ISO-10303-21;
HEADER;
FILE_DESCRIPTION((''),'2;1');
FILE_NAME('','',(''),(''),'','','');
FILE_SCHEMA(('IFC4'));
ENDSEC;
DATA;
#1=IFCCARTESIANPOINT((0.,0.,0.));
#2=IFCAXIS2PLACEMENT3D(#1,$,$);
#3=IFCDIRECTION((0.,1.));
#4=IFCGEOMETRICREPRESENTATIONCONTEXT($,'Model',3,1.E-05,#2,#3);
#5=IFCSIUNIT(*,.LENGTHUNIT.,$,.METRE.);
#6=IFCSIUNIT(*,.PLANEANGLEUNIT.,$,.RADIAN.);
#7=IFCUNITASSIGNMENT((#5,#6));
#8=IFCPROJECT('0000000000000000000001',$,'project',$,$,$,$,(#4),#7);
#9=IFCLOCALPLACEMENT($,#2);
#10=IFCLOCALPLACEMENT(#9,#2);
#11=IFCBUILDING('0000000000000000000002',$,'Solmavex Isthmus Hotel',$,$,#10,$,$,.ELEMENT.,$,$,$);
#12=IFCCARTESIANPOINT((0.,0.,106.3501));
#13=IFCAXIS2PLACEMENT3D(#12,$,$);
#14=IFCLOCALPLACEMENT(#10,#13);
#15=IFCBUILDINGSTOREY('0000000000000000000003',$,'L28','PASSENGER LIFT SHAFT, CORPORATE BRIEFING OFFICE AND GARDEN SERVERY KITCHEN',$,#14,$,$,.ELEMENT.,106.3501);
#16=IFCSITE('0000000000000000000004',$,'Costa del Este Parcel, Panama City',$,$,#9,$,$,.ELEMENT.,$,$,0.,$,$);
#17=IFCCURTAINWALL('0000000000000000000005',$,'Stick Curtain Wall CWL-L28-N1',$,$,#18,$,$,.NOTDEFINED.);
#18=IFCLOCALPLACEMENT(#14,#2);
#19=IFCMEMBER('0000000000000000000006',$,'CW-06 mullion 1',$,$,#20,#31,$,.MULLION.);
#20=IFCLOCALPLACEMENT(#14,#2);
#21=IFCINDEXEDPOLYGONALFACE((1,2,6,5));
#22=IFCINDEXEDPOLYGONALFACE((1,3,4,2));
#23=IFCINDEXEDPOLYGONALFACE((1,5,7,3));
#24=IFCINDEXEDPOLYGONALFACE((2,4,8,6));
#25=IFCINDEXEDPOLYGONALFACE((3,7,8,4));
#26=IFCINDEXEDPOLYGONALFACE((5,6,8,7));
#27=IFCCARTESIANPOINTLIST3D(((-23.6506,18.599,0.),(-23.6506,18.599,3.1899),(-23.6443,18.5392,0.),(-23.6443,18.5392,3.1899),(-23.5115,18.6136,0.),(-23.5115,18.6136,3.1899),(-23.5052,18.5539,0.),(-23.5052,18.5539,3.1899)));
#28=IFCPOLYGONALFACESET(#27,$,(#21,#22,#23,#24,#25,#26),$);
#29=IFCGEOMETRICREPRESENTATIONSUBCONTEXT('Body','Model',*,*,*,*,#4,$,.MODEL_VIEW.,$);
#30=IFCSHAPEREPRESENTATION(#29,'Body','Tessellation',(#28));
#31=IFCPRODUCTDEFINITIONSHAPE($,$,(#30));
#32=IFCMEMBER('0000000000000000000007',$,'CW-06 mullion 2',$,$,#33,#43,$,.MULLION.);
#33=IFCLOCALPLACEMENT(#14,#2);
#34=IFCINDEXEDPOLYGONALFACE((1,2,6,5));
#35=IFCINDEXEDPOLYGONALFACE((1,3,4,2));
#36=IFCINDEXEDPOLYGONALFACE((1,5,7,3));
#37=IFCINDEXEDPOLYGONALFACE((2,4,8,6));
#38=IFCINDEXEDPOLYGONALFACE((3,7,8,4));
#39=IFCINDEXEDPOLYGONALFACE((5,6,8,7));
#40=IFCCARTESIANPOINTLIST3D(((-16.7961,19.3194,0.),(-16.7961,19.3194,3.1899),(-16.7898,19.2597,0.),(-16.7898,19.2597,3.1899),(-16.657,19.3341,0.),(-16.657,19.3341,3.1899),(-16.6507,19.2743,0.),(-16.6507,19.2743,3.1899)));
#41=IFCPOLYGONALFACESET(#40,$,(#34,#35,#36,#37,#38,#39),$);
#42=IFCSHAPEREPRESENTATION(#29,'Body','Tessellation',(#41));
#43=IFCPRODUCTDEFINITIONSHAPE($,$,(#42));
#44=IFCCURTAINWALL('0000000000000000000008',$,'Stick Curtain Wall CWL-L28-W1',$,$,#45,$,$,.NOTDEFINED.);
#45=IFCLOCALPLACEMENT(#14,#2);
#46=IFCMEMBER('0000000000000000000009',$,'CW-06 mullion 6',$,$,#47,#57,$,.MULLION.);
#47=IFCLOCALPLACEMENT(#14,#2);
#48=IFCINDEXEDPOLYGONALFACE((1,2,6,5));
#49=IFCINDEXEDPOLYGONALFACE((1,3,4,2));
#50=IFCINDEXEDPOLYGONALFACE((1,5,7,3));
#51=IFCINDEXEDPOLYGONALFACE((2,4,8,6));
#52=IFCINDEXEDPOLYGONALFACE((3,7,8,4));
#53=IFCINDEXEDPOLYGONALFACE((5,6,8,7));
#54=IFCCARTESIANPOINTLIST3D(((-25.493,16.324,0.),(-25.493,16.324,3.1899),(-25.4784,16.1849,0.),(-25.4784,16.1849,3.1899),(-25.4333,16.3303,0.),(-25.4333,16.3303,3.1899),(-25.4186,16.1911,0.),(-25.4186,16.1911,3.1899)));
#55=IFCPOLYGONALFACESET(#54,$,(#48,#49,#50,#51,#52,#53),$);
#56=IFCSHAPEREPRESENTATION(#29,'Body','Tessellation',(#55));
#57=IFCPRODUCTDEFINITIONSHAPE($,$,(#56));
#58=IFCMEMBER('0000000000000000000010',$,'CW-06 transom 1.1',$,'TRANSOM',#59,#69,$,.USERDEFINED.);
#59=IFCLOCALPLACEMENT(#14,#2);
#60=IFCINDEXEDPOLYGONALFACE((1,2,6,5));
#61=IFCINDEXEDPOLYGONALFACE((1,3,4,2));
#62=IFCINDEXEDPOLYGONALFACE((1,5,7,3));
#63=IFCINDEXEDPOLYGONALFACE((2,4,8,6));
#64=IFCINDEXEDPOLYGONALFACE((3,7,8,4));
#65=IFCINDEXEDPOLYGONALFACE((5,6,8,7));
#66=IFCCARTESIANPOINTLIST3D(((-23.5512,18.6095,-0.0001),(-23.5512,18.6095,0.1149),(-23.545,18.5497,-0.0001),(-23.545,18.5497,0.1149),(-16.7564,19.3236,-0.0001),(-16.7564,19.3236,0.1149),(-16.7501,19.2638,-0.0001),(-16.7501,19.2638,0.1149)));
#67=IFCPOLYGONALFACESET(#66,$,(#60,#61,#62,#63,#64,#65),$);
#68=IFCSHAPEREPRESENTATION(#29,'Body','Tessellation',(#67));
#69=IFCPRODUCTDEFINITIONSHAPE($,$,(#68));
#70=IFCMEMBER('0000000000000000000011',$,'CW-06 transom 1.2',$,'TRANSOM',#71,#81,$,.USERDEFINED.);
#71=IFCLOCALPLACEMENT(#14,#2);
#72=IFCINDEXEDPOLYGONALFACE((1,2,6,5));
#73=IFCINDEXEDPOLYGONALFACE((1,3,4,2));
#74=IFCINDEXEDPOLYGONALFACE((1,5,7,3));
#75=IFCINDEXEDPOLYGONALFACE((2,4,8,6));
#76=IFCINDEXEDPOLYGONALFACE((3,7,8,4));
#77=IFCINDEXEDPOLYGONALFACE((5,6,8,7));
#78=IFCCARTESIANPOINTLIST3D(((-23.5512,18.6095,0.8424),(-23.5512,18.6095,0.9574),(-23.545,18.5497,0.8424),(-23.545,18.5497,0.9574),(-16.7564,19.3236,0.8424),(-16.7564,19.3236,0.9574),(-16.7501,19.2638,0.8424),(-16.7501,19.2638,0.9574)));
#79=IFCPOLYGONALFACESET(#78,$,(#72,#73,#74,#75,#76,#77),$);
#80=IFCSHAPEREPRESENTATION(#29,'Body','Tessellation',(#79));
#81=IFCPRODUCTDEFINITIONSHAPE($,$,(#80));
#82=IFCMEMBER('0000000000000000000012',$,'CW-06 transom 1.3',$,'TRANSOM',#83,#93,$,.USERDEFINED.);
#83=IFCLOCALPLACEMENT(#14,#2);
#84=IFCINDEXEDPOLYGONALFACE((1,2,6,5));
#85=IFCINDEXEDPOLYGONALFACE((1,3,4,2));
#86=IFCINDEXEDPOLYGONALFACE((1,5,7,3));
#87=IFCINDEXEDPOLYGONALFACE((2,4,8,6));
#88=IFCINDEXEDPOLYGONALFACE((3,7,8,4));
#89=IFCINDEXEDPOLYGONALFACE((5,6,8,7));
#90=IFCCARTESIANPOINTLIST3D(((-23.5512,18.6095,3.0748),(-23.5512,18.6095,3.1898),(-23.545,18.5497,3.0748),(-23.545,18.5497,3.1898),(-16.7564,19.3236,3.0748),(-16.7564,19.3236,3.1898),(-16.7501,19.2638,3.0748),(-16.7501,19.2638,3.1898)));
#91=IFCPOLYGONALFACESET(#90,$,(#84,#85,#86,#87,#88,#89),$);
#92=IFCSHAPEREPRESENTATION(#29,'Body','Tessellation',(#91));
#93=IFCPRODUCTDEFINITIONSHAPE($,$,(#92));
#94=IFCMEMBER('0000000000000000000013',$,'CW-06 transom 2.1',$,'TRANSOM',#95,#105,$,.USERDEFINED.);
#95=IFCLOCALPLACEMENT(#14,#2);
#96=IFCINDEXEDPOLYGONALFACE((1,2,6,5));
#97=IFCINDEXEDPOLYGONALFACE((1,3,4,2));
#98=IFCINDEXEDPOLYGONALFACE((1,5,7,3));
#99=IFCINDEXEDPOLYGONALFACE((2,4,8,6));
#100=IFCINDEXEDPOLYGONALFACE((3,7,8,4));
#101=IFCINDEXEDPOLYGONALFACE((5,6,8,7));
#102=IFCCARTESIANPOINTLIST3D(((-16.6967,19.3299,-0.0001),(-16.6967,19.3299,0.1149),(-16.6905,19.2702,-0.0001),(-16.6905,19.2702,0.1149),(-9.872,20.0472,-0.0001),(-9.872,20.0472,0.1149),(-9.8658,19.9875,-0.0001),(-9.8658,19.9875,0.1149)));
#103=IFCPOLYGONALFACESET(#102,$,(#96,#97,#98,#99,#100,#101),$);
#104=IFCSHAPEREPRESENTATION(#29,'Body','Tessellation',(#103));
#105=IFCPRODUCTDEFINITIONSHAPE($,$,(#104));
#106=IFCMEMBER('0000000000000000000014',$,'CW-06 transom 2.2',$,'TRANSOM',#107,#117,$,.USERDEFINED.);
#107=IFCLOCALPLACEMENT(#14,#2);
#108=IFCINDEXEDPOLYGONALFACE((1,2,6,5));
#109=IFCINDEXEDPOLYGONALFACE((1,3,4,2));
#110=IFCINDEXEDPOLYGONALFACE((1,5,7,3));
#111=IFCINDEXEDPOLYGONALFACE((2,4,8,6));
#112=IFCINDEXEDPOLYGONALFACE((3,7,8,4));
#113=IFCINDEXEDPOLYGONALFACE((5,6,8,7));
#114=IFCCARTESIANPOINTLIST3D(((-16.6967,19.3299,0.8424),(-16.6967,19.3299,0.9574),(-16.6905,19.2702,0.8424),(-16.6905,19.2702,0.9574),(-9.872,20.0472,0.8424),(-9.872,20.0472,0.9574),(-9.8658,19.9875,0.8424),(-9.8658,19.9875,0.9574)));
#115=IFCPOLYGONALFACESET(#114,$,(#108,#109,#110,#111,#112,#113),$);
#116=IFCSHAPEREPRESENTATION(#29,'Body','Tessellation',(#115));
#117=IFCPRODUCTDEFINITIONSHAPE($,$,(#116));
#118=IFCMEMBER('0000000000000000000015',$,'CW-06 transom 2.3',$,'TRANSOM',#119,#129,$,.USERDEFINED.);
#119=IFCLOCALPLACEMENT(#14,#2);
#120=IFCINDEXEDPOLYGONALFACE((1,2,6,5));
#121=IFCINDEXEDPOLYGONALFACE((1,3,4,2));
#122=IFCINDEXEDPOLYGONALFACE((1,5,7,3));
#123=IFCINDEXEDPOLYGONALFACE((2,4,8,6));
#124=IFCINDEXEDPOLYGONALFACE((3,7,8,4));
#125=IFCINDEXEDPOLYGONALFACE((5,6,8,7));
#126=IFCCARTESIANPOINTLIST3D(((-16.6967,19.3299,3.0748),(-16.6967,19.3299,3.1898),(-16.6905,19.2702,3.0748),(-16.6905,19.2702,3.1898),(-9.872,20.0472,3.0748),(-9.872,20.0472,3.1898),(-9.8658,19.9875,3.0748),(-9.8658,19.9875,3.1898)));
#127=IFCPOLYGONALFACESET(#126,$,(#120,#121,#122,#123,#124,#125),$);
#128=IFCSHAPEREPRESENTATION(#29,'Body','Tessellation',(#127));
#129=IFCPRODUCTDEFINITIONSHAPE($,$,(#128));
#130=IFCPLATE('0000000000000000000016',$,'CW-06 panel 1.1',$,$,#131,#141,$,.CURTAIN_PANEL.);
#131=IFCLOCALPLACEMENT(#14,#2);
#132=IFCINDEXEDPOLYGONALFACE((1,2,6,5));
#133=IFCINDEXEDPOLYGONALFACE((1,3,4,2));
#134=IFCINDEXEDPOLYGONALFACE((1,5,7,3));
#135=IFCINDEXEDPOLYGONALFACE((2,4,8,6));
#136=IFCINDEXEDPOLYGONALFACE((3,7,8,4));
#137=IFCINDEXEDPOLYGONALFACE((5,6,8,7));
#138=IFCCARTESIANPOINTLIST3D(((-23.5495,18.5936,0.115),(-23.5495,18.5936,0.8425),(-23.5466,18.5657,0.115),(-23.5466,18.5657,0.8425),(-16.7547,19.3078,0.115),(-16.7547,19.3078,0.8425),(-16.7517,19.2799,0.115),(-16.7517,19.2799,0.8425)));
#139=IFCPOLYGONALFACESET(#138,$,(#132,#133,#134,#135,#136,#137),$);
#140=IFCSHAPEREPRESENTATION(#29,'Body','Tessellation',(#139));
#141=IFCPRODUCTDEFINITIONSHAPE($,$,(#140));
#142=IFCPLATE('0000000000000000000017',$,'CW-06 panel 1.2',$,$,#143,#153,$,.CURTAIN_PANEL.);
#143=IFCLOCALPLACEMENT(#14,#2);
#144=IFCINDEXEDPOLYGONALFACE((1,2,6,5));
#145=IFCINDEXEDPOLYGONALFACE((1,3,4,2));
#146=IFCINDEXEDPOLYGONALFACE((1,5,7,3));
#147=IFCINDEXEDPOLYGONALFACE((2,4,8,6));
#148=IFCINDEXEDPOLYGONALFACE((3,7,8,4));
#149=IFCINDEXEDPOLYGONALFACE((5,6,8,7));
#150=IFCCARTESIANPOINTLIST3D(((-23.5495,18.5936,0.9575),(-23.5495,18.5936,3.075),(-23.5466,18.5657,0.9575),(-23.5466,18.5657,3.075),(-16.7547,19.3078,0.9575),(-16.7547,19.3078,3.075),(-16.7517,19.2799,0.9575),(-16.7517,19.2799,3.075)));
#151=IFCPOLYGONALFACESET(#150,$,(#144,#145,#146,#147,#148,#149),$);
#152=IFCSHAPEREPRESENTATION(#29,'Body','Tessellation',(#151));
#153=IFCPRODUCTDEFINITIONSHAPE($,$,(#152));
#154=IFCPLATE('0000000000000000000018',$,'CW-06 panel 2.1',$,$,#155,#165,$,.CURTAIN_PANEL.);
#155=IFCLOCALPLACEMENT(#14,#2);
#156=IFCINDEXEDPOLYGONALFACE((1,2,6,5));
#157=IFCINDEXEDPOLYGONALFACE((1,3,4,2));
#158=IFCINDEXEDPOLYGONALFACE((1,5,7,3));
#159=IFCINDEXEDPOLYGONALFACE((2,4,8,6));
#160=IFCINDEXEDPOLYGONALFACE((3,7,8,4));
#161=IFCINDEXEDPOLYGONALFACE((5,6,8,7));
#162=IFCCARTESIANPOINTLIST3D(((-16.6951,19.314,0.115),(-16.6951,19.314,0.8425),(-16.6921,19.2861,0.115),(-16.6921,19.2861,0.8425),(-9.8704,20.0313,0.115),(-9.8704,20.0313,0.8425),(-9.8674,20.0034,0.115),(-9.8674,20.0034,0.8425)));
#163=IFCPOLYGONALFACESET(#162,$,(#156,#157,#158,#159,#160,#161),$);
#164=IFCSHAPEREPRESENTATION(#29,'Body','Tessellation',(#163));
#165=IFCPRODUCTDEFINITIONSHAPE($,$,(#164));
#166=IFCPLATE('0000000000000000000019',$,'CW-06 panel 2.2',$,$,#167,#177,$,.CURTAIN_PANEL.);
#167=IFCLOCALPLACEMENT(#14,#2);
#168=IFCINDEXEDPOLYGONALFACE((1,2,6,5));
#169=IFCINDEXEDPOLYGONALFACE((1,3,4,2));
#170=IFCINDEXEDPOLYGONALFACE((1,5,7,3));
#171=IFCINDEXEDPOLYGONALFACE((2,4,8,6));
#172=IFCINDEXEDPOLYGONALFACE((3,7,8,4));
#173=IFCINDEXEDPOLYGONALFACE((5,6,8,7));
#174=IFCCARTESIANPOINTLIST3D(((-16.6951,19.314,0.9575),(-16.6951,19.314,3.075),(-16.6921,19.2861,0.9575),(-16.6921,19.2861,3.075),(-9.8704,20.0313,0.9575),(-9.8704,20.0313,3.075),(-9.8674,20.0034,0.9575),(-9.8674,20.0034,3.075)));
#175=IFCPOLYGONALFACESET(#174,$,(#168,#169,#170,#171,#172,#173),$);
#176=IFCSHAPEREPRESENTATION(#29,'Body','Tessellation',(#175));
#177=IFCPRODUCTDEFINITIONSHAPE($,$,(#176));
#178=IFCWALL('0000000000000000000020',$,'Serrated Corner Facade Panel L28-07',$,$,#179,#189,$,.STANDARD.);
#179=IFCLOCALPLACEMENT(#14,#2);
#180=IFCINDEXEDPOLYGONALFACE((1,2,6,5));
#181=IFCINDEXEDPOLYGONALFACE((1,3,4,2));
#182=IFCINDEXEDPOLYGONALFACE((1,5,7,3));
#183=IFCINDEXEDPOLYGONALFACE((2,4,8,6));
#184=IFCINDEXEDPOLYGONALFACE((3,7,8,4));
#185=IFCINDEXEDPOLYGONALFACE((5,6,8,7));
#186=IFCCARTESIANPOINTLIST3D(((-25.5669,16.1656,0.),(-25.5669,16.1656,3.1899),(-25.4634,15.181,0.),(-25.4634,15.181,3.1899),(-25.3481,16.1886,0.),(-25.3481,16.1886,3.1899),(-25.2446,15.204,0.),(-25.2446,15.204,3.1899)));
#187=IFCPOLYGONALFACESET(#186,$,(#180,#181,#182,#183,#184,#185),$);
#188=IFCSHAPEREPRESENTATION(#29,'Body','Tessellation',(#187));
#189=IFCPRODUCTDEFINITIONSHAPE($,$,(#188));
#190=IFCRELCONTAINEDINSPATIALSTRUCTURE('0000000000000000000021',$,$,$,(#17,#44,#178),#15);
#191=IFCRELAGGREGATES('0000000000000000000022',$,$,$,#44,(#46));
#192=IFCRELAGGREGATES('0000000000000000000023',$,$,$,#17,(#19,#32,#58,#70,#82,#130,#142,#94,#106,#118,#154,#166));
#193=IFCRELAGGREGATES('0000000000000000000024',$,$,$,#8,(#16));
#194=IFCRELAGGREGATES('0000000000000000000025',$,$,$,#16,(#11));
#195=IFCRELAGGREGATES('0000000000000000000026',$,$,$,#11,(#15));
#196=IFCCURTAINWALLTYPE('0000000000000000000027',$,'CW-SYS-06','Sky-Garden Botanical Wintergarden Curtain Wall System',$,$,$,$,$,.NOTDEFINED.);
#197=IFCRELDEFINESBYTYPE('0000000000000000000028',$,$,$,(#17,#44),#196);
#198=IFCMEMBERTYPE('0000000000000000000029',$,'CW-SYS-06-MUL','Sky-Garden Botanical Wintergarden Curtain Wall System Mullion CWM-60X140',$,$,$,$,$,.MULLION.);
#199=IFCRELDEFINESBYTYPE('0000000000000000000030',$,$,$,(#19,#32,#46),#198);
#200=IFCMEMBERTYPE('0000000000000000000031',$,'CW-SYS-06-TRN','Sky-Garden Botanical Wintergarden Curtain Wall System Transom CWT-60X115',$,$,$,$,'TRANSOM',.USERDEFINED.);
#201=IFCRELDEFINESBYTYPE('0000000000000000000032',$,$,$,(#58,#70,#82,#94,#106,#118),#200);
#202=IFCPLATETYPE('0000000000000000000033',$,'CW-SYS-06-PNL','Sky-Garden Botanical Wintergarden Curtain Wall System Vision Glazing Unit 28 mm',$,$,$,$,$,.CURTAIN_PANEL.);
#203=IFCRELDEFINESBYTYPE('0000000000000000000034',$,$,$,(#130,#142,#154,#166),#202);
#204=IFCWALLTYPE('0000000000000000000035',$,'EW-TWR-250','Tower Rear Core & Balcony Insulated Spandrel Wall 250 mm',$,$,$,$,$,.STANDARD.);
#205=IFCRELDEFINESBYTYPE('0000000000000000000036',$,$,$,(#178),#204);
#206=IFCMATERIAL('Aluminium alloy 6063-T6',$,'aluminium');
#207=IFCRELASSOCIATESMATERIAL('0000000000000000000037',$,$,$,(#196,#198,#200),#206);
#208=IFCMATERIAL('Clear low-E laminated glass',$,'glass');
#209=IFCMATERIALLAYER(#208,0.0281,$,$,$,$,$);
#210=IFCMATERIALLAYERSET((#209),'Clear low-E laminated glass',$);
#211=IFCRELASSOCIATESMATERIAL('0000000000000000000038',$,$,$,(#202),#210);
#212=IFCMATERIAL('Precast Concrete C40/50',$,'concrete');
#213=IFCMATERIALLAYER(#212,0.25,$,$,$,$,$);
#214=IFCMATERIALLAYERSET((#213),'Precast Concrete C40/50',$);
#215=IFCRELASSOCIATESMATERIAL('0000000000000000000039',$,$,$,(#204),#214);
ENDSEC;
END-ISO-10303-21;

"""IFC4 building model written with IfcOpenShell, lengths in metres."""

from ifc_helpers import new_model, si_unit, direction, frame, frame_2d, origin, origin_2d, place, context, subcontext, project, spatial, rectangle, extrude, material, layer, layer_set, material_profile, profile_set, type_object, element, aggregate, save


model = new_model("IFC4")

# Units and contexts
model_context = context("Model", 3, precision=1e-05, world=origin(), true_north=direction((0.0, 1.0)))
body_context = subcontext(model_context, "Body", "Model", "MODEL_VIEW")
ifc_project = project(units=[si_unit("LENGTHUNIT", "METRE"), si_unit("PLANEANGLEUNIT", "RADIAN")], contexts=[model_context])

# Site, building, storey
site_placement = place(None, origin())
site = spatial("IfcSite", under=ifc_project, at=site_placement, Name="Costa del Este Parcel, Panama City", CompositionType="ELEMENT", RefElevation=0.0)
building_placement = place(site_placement, origin())
building = spatial("IfcBuilding", under=site, at=building_placement, Name="Solmavex Isthmus Hotel", CompositionType="ELEMENT")
storey_placement = place(building_placement, frame((0.0, 0.0, 106.3501)))
storey = spatial("IfcBuildingStorey", under=building, at=storey_placement, Name="L28", Description="PASSENGER LIFT SHAFT, CORPORATE BRIEFING OFFICE AND GARDEN SERVERY KITCHEN", CompositionType="ELEMENT", Elevation=106.3501)

# Curtain wall, members
ifc_material_1 = material(Name="Aluminium alloy 6063-T6", Category="aluminium")
curtain_wall_type = type_object("IfcCurtainWallType", Name="CW-SYS-06", Description="Sky-Garden Botanical Wintergarden Curtain Wall System", PredefinedType="NOTDEFINED", material=ifc_material_1)
curtain_wall_1_placement = place(storey_placement, origin())
curtain_wall_1 = element("IfcCurtainWall", 1, at=curtain_wall_1_placement, inside=storey, type_object=curtain_wall_type, Name="Stick Curtain Wall CWL-L28-N1", PredefinedType="NOTDEFINED")
ifc_material_profile_1 = material_profile(ifc_material_1, rectangle(XDim=0.0601, YDim=0.1399, at=origin_2d()), Name="CWM-60X140")
ifc_profile_set_1 = profile_set([ifc_material_profile_1], Name="Aluminium alloy 6063-T6")
member_type_1 = type_object("IfcMemberType", Name="CW-SYS-06-MUL", Description="Sky-Garden Botanical Wintergarden Curtain Wall System Mullion CWM-60X140", PredefinedType="MULLION", material=ifc_profile_set_1)
member_1_placement = place(storey_placement, frame((-23.5779, 18.5764, 0.0), z_axis=(0.0, 0.0, 1.0), x_axis=(-0.104528, 0.994522, 0.0)))
member_1 = element("IfcMember", 2, at=member_1_placement, type_object=member_type_1, Name="CW-06 mullion 1", PredefinedType="MULLION", context=body_context, shape_type="SweptSolid", body=[
    extrude(rectangle(XDim=0.0601, YDim=0.1399, at=origin_2d()), origin(), (0.0, 0.0, 1.0), 3.1899),
])
member_2_placement = place(storey_placement, frame((-16.7234, 19.2969, 0.0), z_axis=(0.0, 0.0, 1.0), x_axis=(-0.104528, 0.994522, 0.0)))
member_2 = element("IfcMember", 3, at=member_2_placement, type_object=member_type_1, Name="CW-06 mullion 2", PredefinedType="MULLION", context=body_context, shape_type="SweptSolid", body=[
    extrude(rectangle(XDim=0.0601, YDim=0.1399, at=origin_2d()), origin(), (0.0, 0.0, 1.0), 3.1899),
])

# Curtain wall, member
curtain_wall_2_placement = place(storey_placement, origin())
curtain_wall_2 = element("IfcCurtainWall", 4, at=curtain_wall_2_placement, inside=storey, type_object=curtain_wall_type, Name="Stick Curtain Wall CWL-L28-W1", PredefinedType="NOTDEFINED")
member_3_placement = place(storey_placement, frame((-25.4558, 16.2576, 0.0), z_axis=(0.0, 0.0, 1.0), x_axis=(-0.994522, -0.104528, 0.0)))
member_3 = element("IfcMember", 5, at=member_3_placement, type_object=member_type_1, Name="CW-06 mullion 6", PredefinedType="MULLION", context=body_context, shape_type="SweptSolid", body=[
    extrude(rectangle(XDim=0.0601, YDim=0.1399, at=origin_2d()), origin(), (0.0, 0.0, 1.0), 3.1899),
])
aggregate(curtain_wall_2, [member_3])

# Members
ifc_material_profile_2 = material_profile(ifc_material_1, rectangle(XDim=0.0601, YDim=0.115, at=origin_2d()), Name="CWT-60X115")
ifc_profile_set_2 = profile_set([ifc_material_profile_2], Name="Aluminium alloy 6063-T6")
member_type_2 = type_object("IfcMemberType", Name="CW-SYS-06-TRN", Description="Sky-Garden Botanical Wintergarden Curtain Wall System Transom CWT-60X115", ElementType="TRANSOM", PredefinedType="USERDEFINED", material=ifc_profile_set_2)
member_4_placement = place(storey_placement, frame((-23.5481, 18.5796, 0.0574), z_axis=(0.994523, 0.104519, 0.0), x_axis=(-0.104519, 0.994523, 0.0)))
member_4 = element("IfcMember", 6, at=member_4_placement, type_object=member_type_2, Name="CW-06 transom 1.1", ObjectType="TRANSOM", PredefinedType="USERDEFINED", context=body_context, shape_type="SweptSolid", body=[
    extrude(rectangle(XDim=0.0601, YDim=0.115, at=origin_2d()), origin(), (0.0, 0.0, 1.0), 6.8323),
])
member_5_placement = place(storey_placement, frame((-23.5481, 18.5796, 0.8999), z_axis=(0.994523, 0.104519, 0.0), x_axis=(-0.104519, 0.994523, 0.0)))
member_5 = element("IfcMember", 7, at=member_5_placement, type_object=member_type_2, Name="CW-06 transom 1.2", ObjectType="TRANSOM", PredefinedType="USERDEFINED", context=body_context, shape_type="SweptSolid", body=[
    extrude(rectangle(XDim=0.0601, YDim=0.115, at=origin_2d()), origin(), (0.0, 0.0, 1.0), 6.8323),
])
member_6_placement = place(storey_placement, frame((-23.5481, 18.5796, 3.1323), z_axis=(0.994523, 0.104519, 0.0), x_axis=(-0.104519, 0.994523, 0.0)))
member_6 = element("IfcMember", 8, at=member_6_placement, type_object=member_type_2, Name="CW-06 transom 1.3", ObjectType="TRANSOM", PredefinedType="USERDEFINED", context=body_context, shape_type="SweptSolid", body=[
    extrude(rectangle(XDim=0.0601, YDim=0.115, at=origin_2d()), origin(), (0.0, 0.0, 1.0), 6.8323),
])
member_7_placement = place(storey_placement, frame((-16.6936, 19.3, 0.0574), z_axis=(0.994522, 0.104526, 0.0), x_axis=(-0.104526, 0.994522, 0.0)))
member_7 = element("IfcMember", 9, at=member_7_placement, type_object=member_type_2, Name="CW-06 transom 2.1", ObjectType="TRANSOM", PredefinedType="USERDEFINED", context=body_context, shape_type="SweptSolid", body=[
    extrude(rectangle(XDim=0.0601, YDim=0.115, at=origin_2d()), origin(), (0.0, 0.0, 1.0), 6.8623),
])
member_8_placement = place(storey_placement, frame((-16.6936, 19.3, 0.8999), z_axis=(0.994522, 0.104526, 0.0), x_axis=(-0.104526, 0.994522, 0.0)))
member_8 = element("IfcMember", 10, at=member_8_placement, type_object=member_type_2, Name="CW-06 transom 2.2", ObjectType="TRANSOM", PredefinedType="USERDEFINED", context=body_context, shape_type="SweptSolid", body=[
    extrude(rectangle(XDim=0.0601, YDim=0.115, at=origin_2d()), origin(), (0.0, 0.0, 1.0), 6.8623),
])
member_9_placement = place(storey_placement, frame((-16.6936, 19.3, 3.1323), z_axis=(0.994522, 0.104526, 0.0), x_axis=(-0.104526, 0.994522, 0.0)))
member_9 = element("IfcMember", 11, at=member_9_placement, type_object=member_type_2, Name="CW-06 transom 2.3", ObjectType="TRANSOM", PredefinedType="USERDEFINED", context=body_context, shape_type="SweptSolid", body=[
    extrude(rectangle(XDim=0.0601, YDim=0.115, at=origin_2d()), origin(), (0.0, 0.0, 1.0), 6.8623),
])

# Plates
ifc_material_2 = material(Name="Clear low-E laminated glass", Category="glass")
ifc_layer_1 = layer(ifc_material_2, 0.0281)
ifc_layer_set_1 = layer_set([ifc_layer_1], Name="Clear low-E laminated glass")
plate_type = type_object("IfcPlateType", Name="CW-SYS-06-PNL", Description="Sky-Garden Botanical Wintergarden Curtain Wall System Vision Glazing Unit 28 mm", PredefinedType="CURTAIN_PANEL", material=ifc_layer_set_1)
plate_1_placement = place(storey_placement, frame((-20.1506, 18.9368, 0.115), z_axis=(0.0, 0.0, 1.0), x_axis=(0.994522, 0.104528, 0.0)))
plate_1 = element("IfcPlate", 12, at=plate_1_placement, type_object=plate_type, Name="CW-06 panel 1.1", PredefinedType="CURTAIN_PANEL", context=body_context, shape_type="SweptSolid", body=[
    extrude(rectangle(XDim=6.8323, YDim=0.0281, at=origin_2d()), origin(), (0.0, 0.0, 1.0), 0.7275),
])
plate_2_placement = place(storey_placement, frame((-20.1506, 18.9368, 0.9575), z_axis=(0.0, 0.0, 1.0), x_axis=(0.994522, 0.104528, 0.0)))
plate_2 = element("IfcPlate", 13, at=plate_2_placement, type_object=plate_type, Name="CW-06 panel 1.2", PredefinedType="CURTAIN_PANEL", context=body_context, shape_type="SweptSolid", body=[
    extrude(rectangle(XDim=6.8323, YDim=0.0281, at=origin_2d()), origin(), (0.0, 0.0, 1.0), 2.1174),
])
plate_3_placement = place(storey_placement, frame((-13.2812, 19.6587, 0.115), z_axis=(0.0, 0.0, 1.0), x_axis=(0.994522, 0.104528, 0.0)))
plate_3 = element("IfcPlate", 14, at=plate_3_placement, type_object=plate_type, Name="CW-06 panel 2.1", PredefinedType="CURTAIN_PANEL", context=body_context, shape_type="SweptSolid", body=[
    extrude(rectangle(XDim=6.8623, YDim=0.0281, at=origin_2d()), origin(), (0.0, 0.0, 1.0), 0.7275),
])
plate_4_placement = place(storey_placement, frame((-13.2812, 19.6587, 0.9575), z_axis=(0.0, 0.0, 1.0), x_axis=(0.994522, 0.104528, 0.0)))
plate_4 = element("IfcPlate", 15, at=plate_4_placement, type_object=plate_type, Name="CW-06 panel 2.2", PredefinedType="CURTAIN_PANEL", context=body_context, shape_type="SweptSolid", body=[
    extrude(rectangle(XDim=6.8623, YDim=0.0281, at=origin_2d()), origin(), (0.0, 0.0, 1.0), 2.1174),
])
aggregate(curtain_wall_1, [member_1, member_2, member_4, member_5, member_6, plate_1, plate_2, member_7, member_8, member_9, plate_3, plate_4])

# Wall
ifc_material_3 = material(Name="Precast Concrete C40/50", Category="concrete")
ifc_layer_2 = layer(ifc_material_3, 0.25)
ifc_layer_set_2 = layer_set([ifc_layer_2], Name="Precast Concrete C40/50")
wall_type_1 = type_object("IfcWallType", Name="EW-TWR-250", Description="Tower Rear Core & Balcony Insulated Spandrel Wall 250 mm", PredefinedType="STANDARD", material=ifc_layer_set_2)
wall_1_placement = place(storey_placement, frame((-25.354, 15.1924, 0.0), z_axis=(0.0, 0.0, 1.0), x_axis=(-0.104556, 0.994519, 0.0)))
element("IfcWall", 16, at=wall_1_placement, inside=storey, type_object=wall_type_1, Name="Serrated Corner Facade Panel L28-07", PredefinedType="STANDARD", context=body_context, shape_type="SweptSolid", body=[
    extrude(rectangle(XDim=0.99, YDim=0.22, at=frame_2d((0.4951, 0.0))), origin(), (0.0, 0.0, 1.0), 3.1899),
])

save(model, "model.ifc")
